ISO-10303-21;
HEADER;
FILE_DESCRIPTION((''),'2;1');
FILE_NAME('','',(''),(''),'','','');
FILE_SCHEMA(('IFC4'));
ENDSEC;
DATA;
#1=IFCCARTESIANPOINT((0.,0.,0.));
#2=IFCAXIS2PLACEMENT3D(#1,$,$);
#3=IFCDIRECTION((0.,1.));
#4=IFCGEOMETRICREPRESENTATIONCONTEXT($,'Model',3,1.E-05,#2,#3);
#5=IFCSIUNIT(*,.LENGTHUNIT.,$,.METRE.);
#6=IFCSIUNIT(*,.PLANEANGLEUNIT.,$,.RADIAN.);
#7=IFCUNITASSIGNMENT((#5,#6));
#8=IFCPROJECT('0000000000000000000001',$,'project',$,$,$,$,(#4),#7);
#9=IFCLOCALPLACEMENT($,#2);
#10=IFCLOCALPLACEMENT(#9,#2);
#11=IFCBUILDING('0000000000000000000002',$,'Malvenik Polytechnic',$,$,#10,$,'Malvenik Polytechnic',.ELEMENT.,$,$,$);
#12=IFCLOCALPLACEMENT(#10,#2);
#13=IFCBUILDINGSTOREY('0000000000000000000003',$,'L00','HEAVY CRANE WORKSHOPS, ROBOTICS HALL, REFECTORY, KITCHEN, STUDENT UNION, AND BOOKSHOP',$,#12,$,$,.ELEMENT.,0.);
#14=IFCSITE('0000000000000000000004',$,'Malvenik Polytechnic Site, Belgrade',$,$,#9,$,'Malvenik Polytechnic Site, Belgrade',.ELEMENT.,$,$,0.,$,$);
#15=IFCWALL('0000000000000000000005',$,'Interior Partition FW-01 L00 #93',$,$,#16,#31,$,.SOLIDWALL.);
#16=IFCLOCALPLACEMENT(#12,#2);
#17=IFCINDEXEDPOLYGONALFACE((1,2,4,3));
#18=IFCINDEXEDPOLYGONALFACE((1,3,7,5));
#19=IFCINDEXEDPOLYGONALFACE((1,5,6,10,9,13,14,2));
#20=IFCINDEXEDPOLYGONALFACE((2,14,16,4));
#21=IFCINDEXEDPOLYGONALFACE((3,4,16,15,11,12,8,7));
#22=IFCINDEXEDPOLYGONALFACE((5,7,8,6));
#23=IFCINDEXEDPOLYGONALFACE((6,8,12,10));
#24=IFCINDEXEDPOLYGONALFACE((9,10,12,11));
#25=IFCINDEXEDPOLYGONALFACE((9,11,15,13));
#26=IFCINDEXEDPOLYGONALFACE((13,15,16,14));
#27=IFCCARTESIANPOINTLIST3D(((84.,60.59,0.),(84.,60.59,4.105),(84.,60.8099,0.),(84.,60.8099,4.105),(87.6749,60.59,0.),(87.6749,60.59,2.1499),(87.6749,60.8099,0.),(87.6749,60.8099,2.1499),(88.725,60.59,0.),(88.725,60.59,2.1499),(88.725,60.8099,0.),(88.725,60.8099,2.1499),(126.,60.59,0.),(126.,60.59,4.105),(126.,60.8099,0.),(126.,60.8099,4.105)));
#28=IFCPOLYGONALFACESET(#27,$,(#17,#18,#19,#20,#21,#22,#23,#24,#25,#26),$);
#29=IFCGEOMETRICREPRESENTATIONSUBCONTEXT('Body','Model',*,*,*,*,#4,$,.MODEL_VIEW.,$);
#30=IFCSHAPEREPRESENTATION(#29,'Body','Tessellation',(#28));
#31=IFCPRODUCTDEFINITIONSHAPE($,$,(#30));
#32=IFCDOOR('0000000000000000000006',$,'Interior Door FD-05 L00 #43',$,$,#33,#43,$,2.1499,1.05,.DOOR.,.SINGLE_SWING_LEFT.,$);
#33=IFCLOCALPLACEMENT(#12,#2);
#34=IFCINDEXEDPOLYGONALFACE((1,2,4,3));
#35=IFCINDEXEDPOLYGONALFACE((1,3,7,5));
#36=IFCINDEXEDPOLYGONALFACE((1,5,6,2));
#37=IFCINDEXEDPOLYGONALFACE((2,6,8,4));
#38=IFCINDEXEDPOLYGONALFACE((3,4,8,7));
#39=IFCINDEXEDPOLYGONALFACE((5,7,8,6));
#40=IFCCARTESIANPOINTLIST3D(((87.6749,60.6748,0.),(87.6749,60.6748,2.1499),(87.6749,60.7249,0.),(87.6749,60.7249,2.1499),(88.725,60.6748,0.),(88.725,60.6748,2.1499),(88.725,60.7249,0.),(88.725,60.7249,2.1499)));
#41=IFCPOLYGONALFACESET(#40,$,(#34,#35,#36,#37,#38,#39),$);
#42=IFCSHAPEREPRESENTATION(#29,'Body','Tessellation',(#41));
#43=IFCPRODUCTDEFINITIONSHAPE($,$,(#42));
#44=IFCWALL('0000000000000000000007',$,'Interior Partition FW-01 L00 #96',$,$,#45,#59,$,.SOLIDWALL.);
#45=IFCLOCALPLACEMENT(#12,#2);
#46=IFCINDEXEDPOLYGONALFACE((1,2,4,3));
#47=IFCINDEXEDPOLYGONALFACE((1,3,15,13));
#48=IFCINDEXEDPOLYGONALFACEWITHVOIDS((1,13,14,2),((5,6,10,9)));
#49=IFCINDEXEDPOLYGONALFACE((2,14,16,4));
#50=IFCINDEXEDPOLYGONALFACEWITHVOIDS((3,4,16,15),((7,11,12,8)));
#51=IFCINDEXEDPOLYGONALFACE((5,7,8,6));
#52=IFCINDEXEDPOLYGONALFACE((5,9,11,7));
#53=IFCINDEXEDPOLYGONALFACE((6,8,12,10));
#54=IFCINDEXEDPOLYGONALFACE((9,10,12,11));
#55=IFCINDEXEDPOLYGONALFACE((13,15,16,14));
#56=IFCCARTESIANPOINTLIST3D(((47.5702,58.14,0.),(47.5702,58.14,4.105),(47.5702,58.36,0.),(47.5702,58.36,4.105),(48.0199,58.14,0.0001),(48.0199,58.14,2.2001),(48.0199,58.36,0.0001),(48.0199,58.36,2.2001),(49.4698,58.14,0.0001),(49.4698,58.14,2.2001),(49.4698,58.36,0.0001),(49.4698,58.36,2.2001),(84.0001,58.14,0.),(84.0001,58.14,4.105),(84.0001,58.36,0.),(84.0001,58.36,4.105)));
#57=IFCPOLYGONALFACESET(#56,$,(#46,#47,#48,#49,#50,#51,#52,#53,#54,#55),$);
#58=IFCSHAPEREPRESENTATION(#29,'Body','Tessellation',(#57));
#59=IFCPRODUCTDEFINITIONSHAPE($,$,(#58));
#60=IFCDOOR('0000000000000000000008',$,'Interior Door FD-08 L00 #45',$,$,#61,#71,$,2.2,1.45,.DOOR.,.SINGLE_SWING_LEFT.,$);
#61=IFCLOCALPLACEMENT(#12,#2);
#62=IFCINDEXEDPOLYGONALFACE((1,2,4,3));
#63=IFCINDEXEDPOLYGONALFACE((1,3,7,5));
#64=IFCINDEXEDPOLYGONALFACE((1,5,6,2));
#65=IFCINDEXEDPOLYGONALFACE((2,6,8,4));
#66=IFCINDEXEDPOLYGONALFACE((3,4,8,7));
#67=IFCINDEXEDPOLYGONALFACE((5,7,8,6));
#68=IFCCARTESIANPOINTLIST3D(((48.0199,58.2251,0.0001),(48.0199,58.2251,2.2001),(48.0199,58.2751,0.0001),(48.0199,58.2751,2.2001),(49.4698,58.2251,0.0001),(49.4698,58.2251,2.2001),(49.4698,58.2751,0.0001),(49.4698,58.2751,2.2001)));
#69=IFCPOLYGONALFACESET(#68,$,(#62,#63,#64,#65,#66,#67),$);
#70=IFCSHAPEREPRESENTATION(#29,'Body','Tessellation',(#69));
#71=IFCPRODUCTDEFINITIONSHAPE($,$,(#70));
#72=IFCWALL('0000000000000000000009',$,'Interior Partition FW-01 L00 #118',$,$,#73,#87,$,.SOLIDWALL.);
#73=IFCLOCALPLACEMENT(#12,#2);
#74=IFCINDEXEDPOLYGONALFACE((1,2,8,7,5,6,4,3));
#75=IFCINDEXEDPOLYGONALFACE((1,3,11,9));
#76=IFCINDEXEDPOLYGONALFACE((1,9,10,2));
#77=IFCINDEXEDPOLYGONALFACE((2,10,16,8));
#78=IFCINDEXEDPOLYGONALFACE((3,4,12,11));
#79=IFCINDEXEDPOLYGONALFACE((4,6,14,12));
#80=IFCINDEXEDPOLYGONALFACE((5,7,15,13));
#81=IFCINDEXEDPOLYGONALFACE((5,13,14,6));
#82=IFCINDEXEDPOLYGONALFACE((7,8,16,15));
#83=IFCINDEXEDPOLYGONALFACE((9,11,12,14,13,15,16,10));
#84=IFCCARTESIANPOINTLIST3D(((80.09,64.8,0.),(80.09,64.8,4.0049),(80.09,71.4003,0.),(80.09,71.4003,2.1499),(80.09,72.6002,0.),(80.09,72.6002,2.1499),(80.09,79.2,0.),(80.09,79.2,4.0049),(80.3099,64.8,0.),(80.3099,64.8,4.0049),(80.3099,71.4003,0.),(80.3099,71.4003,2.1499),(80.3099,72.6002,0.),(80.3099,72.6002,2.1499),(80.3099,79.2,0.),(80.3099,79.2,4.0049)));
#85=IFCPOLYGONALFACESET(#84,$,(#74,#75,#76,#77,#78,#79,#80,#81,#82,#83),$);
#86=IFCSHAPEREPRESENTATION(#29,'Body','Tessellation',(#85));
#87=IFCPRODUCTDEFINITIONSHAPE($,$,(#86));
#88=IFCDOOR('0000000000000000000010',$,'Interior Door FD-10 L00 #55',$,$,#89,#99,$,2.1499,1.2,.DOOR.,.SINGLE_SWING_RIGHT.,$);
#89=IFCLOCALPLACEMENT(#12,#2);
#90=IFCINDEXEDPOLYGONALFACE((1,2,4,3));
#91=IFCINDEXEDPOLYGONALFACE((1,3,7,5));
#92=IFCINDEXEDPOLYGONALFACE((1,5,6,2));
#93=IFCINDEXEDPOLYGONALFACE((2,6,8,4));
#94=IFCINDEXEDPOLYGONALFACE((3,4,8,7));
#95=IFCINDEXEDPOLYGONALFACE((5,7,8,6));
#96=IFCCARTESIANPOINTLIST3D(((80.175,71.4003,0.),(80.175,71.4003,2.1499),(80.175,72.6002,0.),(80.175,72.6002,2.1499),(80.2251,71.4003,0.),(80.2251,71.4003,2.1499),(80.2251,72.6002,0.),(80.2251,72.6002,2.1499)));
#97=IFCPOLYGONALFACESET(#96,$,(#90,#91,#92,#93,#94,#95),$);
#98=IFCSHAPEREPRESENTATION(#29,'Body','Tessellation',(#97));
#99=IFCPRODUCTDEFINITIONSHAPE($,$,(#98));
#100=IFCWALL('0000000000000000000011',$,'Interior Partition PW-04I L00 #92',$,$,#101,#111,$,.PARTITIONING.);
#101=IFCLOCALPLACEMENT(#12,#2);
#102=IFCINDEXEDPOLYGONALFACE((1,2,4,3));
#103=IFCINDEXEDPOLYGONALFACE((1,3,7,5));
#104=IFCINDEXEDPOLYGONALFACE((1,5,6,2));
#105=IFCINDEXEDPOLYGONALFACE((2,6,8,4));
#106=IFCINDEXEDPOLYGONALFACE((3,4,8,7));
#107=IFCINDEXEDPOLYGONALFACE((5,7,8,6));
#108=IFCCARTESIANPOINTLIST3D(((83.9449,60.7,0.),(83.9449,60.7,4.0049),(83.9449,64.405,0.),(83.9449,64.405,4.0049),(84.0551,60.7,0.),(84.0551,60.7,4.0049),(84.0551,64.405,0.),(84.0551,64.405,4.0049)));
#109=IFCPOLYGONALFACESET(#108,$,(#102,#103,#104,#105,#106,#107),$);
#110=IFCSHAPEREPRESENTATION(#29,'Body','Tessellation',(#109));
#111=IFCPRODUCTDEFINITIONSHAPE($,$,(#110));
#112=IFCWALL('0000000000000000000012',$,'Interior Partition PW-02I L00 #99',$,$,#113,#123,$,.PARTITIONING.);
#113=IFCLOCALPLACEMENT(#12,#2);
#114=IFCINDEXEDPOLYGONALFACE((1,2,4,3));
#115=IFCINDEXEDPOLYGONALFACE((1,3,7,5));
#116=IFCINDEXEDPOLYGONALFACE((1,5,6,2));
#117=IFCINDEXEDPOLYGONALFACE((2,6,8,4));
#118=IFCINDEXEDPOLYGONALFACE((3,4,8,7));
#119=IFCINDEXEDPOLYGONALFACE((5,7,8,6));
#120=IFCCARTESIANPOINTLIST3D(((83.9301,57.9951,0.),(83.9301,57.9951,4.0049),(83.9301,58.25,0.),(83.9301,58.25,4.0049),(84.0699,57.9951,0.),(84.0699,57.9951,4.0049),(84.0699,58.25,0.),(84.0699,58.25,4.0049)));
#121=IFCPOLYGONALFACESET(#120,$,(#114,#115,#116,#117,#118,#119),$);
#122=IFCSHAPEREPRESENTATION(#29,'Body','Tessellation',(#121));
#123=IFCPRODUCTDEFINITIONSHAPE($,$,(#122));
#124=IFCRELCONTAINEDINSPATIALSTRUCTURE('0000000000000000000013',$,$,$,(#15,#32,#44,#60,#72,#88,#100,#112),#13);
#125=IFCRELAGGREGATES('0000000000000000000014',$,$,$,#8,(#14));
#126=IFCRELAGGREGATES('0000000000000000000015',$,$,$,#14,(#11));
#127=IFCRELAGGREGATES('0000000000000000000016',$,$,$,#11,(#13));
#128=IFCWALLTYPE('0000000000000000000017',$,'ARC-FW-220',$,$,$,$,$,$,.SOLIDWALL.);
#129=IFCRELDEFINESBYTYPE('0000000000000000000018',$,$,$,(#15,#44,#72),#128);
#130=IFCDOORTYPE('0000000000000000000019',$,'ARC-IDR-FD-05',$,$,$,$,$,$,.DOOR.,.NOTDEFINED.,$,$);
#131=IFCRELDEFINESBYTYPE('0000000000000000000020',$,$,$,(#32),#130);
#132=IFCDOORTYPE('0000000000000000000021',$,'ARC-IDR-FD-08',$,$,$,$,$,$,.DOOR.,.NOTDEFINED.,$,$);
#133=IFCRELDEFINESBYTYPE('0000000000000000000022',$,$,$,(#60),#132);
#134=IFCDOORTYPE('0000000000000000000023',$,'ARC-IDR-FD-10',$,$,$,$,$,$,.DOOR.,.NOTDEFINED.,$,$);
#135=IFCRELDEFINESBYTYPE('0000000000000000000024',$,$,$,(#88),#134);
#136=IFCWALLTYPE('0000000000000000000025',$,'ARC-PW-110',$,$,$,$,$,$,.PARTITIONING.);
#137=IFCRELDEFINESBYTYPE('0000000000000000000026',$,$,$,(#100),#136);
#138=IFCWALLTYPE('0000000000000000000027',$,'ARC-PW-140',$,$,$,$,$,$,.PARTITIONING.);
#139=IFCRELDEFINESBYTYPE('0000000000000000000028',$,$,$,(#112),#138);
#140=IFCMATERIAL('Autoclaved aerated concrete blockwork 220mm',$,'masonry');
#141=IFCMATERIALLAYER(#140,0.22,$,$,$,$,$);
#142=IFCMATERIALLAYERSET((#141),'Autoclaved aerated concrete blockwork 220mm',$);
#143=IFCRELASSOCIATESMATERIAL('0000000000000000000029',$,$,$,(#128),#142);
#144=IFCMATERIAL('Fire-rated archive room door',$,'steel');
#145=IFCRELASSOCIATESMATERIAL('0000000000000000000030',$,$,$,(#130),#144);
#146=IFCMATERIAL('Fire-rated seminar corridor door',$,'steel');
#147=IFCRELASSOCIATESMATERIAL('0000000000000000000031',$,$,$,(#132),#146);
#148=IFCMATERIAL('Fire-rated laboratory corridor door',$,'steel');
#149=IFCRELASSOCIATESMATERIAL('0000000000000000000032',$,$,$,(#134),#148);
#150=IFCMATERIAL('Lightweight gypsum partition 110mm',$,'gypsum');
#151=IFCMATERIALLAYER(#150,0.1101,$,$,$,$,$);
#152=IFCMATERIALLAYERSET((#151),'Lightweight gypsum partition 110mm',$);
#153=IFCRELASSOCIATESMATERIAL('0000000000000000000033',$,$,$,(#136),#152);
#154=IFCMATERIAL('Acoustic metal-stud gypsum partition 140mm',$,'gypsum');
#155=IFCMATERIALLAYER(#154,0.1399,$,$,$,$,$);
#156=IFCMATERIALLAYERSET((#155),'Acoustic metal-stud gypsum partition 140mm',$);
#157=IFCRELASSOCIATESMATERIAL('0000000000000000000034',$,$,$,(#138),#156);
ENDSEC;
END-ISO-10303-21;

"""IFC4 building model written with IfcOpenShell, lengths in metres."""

from ifc_helpers import new_model, si_unit, direction, frame, frame_2d, origin, place, context, subcontext, project, spatial, rectangle, extrude, material, layer, layer_set, type_object, element, fill, save


model = new_model("IFC4")

# Units and contexts
model_context = context("Model", 3, precision=1e-05, world=origin(), true_north=direction((0.0, 1.0)))
body_context = subcontext(model_context, "Body", "Model", "MODEL_VIEW")
ifc_project = project(units=[si_unit("LENGTHUNIT", "METRE"), si_unit("PLANEANGLEUNIT", "RADIAN")], contexts=[model_context])

# Site, building, storey
site_placement = place(None, origin())
site = spatial("IfcSite", under=ifc_project, at=site_placement, Name="Malvenik Polytechnic Site, Belgrade", LongName="Malvenik Polytechnic Site, Belgrade", CompositionType="ELEMENT", RefElevation=0.0)
building_placement = place(site_placement, origin())
building = spatial("IfcBuilding", under=site, at=building_placement, Name="Malvenik Polytechnic", LongName="Malvenik Polytechnic", CompositionType="ELEMENT")
storey_placement = place(building_placement, origin())
storey = spatial("IfcBuildingStorey", under=building, at=storey_placement, Name="L00", Description="HEAVY CRANE WORKSHOPS, ROBOTICS HALL, REFECTORY, KITCHEN, STUDENT UNION, AND BOOKSHOP", CompositionType="ELEMENT", Elevation=0.0)

# Walls, openings, doors
ifc_material_1 = material(Name="Autoclaved aerated concrete blockwork 220mm", Category="masonry")
ifc_layer_1 = layer(ifc_material_1, 0.22)
ifc_layer_set_1 = layer_set([ifc_layer_1], Name="Autoclaved aerated concrete blockwork 220mm")
wall_type_1 = type_object("IfcWallType", Name="ARC-FW-220", PredefinedType="SOLIDWALL", material=ifc_layer_set_1)
wall_1_placement = place(storey_placement, frame((84.0, 60.7, 0.0), z_axis=(0.0, 0.0, 1.0), x_axis=(1.0, 0.0, 0.0)))
wall_1 = element("IfcWall", 1, at=wall_1_placement, inside=storey, type_object=wall_type_1, Name="Interior Partition FW-01 L00 #93", PredefinedType="SOLIDWALL", context=body_context, shape_type="SweptSolid", body=[
    extrude(rectangle(XDim=42.0, YDim=0.22, at=frame_2d((21.0, 0.0))), origin(), (0.0, 0.0, 1.0), 4.105),
])
opening_1_placement = place(wall_1_placement, frame((3.675, 0.0, 0.0)))
opening_1 = element("IfcOpeningElement", 2, at=opening_1_placement, cuts=wall_1, PredefinedType="OPENING", context=body_context, shape_type="SweptSolid", body=[
    extrude(rectangle(XDim=1.05, YDim=2.1499, at=frame_2d((0.5249, 1.075))), frame((0.0, 0.1201, 0.0), z_axis=(0.0, -1.0, 0.0), x_axis=(1.0, 0.0, 0.0)), (0.0, 0.0, 1.0), 0.24),
])
ifc_material_2 = material(Name="Fire-rated archive room door", Category="steel")
door_type_1 = type_object("IfcDoorType", Name="ARC-IDR-FD-05", OperationType="NOTDEFINED", PredefinedType="DOOR", material=ifc_material_2)
door_1_placement = place(opening_1_placement, origin())
door_1 = element("IfcDoor", 3, at=door_1_placement, inside=storey, type_object=door_type_1, Name="Interior Door FD-05 L00 #43", OperationType="SINGLE_SWING_LEFT", OverallHeight=2.1499, OverallWidth=1.05, PredefinedType="DOOR", context=body_context, shape_type="SweptSolid", body=[
    extrude(rectangle(XDim=1.05, YDim=2.1499, at=frame_2d((0.5249, 1.075))), frame((0.0, 0.0249, 0.0), z_axis=(0.0, -1.0, 0.0), x_axis=(1.0, 0.0, 0.0)), (0.0, 0.0, 1.0), 0.05),
])
fill(opening_1, door_1)
wall_2_placement = place(storey_placement, frame((84.0, 58.25, 0.0), z_axis=(0.0, 0.0, 1.0), x_axis=(-1.0, 0.0, 0.0)))
wall_2 = element("IfcWall", 4, at=wall_2_placement, inside=storey, type_object=wall_type_1, Name="Interior Partition FW-01 L00 #96", PredefinedType="SOLIDWALL", context=body_context, shape_type="SweptSolid", body=[
    extrude(rectangle(XDim=36.4299, YDim=0.22, at=frame_2d((18.2148, 0.0))), origin(), (0.0, 0.0, 1.0), 4.105),
])
opening_2_placement = place(wall_2_placement, frame((34.53, 0.0, 0.0)))
opening_2 = element("IfcOpeningElement", 5, at=opening_2_placement, cuts=wall_2, PredefinedType="OPENING", context=body_context, shape_type="SweptSolid", body=[
    extrude(rectangle(XDim=1.45, YDim=2.2, at=frame_2d((0.7251, 1.1001))), frame((0.0, 0.1201, 0.0), z_axis=(0.0, -1.0, 0.0), x_axis=(1.0, 0.0, 0.0)), (0.0, 0.0, 1.0), 0.24),
])
ifc_material_3 = material(Name="Fire-rated seminar corridor door", Category="steel")
door_type_2 = type_object("IfcDoorType", Name="ARC-IDR-FD-08", OperationType="NOTDEFINED", PredefinedType="DOOR", material=ifc_material_3)
door_2_placement = place(opening_2_placement, origin())
door_2 = element("IfcDoor", 6, at=door_2_placement, inside=storey, type_object=door_type_2, Name="Interior Door FD-08 L00 #45", OperationType="SINGLE_SWING_LEFT", OverallHeight=2.2, OverallWidth=1.45, PredefinedType="DOOR", context=body_context, shape_type="SweptSolid", body=[
    extrude(rectangle(XDim=1.45, YDim=2.2, at=frame_2d((0.7251, 1.1001))), frame((0.0, 0.0249, 0.0), z_axis=(0.0, -1.0, 0.0), x_axis=(1.0, 0.0, 0.0)), (0.0, 0.0, 1.0), 0.05),
])
fill(opening_2, door_2)
wall_3_placement = place(storey_placement, frame((80.2, 64.8, 0.0), z_axis=(0.0, 0.0, 1.0), x_axis=(0.0, 1.0, 0.0)))
wall_3 = element("IfcWall", 7, at=wall_3_placement, inside=storey, type_object=wall_type_1, Name="Interior Partition FW-01 L00 #118", PredefinedType="SOLIDWALL", context=body_context, shape_type="SweptSolid", body=[
    extrude(rectangle(XDim=14.3999, YDim=0.22, at=frame_2d((7.2, 0.0))), origin(), (0.0, 0.0, 1.0), 4.0049),
])
opening_3_placement = place(wall_3_placement, frame((6.6001, 0.0, 0.0)))
opening_3 = element("IfcOpeningElement", 8, at=opening_3_placement, cuts=wall_3, PredefinedType="OPENING", context=body_context, shape_type="SweptSolid", body=[
    extrude(rectangle(XDim=1.2, YDim=2.1499, at=frame_2d((0.6001, 1.075))), frame((0.0, 0.1201, 0.0), z_axis=(0.0, -1.0, 0.0), x_axis=(1.0, 0.0, 0.0)), (0.0, 0.0, 1.0), 0.24),
])
ifc_material_4 = material(Name="Fire-rated laboratory corridor door", Category="steel")
door_type_3 = type_object("IfcDoorType", Name="ARC-IDR-FD-10", OperationType="NOTDEFINED", PredefinedType="DOOR", material=ifc_material_4)
door_3_placement = place(opening_3_placement, origin())
door_3 = element("IfcDoor", 9, at=door_3_placement, inside=storey, type_object=door_type_3, Name="Interior Door FD-10 L00 #55", OperationType="SINGLE_SWING_RIGHT", OverallHeight=2.1499, OverallWidth=1.2, PredefinedType="DOOR", context=body_context, shape_type="SweptSolid", body=[
    extrude(rectangle(XDim=1.2, YDim=2.1499, at=frame_2d((0.6001, 1.075))), frame((0.0, 0.0249, 0.0), z_axis=(0.0, -1.0, 0.0), x_axis=(1.0, 0.0, 0.0)), (0.0, 0.0, 1.0), 0.05),
])
fill(opening_3, door_3)

# Walls
ifc_material_5 = material(Name="Lightweight gypsum partition 110mm", Category="gypsum")
ifc_layer_2 = layer(ifc_material_5, 0.1101)
ifc_layer_set_2 = layer_set([ifc_layer_2], Name="Lightweight gypsum partition 110mm")
wall_type_2 = type_object("IfcWallType", Name="ARC-PW-110", PredefinedType="PARTITIONING", material=ifc_layer_set_2)
wall_4_placement = place(storey_placement, frame((84.0, 60.7, 0.0), z_axis=(0.0, 0.0, 1.0), x_axis=(0.0, 1.0, 0.0)))
element("IfcWall", 10, at=wall_4_placement, inside=storey, type_object=wall_type_2, Name="Interior Partition PW-04I L00 #92", PredefinedType="PARTITIONING", context=body_context, shape_type="SweptSolid", body=[
    extrude(rectangle(XDim=3.7051, YDim=0.1101, at=frame_2d((1.8525, 0.0))), origin(), (0.0, 0.0, 1.0), 4.0049),
])
ifc_material_6 = material(Name="Acoustic metal-stud gypsum partition 140mm", Category="gypsum")
ifc_layer_3 = layer(ifc_material_6, 0.1399)
ifc_layer_set_3 = layer_set([ifc_layer_3], Name="Acoustic metal-stud gypsum partition 140mm")
wall_type_3 = type_object("IfcWallType", Name="ARC-PW-140", PredefinedType="PARTITIONING", material=ifc_layer_set_3)
wall_5_placement = place(storey_placement, frame((84.0, 57.9951, 0.0), z_axis=(0.0, 0.0, 1.0), x_axis=(0.0, 1.0, 0.0)))
element("IfcWall", 11, at=wall_5_placement, inside=storey, type_object=wall_type_3, Name="Interior Partition PW-02I L00 #99", PredefinedType="PARTITIONING", context=body_context, shape_type="SweptSolid", body=[
    extrude(rectangle(XDim=0.2549, YDim=0.1399, at=frame_2d((0.1274, 0.0))), origin(), (0.0, 0.0, 1.0), 4.0049),
])

save(model, "model.ifc")
